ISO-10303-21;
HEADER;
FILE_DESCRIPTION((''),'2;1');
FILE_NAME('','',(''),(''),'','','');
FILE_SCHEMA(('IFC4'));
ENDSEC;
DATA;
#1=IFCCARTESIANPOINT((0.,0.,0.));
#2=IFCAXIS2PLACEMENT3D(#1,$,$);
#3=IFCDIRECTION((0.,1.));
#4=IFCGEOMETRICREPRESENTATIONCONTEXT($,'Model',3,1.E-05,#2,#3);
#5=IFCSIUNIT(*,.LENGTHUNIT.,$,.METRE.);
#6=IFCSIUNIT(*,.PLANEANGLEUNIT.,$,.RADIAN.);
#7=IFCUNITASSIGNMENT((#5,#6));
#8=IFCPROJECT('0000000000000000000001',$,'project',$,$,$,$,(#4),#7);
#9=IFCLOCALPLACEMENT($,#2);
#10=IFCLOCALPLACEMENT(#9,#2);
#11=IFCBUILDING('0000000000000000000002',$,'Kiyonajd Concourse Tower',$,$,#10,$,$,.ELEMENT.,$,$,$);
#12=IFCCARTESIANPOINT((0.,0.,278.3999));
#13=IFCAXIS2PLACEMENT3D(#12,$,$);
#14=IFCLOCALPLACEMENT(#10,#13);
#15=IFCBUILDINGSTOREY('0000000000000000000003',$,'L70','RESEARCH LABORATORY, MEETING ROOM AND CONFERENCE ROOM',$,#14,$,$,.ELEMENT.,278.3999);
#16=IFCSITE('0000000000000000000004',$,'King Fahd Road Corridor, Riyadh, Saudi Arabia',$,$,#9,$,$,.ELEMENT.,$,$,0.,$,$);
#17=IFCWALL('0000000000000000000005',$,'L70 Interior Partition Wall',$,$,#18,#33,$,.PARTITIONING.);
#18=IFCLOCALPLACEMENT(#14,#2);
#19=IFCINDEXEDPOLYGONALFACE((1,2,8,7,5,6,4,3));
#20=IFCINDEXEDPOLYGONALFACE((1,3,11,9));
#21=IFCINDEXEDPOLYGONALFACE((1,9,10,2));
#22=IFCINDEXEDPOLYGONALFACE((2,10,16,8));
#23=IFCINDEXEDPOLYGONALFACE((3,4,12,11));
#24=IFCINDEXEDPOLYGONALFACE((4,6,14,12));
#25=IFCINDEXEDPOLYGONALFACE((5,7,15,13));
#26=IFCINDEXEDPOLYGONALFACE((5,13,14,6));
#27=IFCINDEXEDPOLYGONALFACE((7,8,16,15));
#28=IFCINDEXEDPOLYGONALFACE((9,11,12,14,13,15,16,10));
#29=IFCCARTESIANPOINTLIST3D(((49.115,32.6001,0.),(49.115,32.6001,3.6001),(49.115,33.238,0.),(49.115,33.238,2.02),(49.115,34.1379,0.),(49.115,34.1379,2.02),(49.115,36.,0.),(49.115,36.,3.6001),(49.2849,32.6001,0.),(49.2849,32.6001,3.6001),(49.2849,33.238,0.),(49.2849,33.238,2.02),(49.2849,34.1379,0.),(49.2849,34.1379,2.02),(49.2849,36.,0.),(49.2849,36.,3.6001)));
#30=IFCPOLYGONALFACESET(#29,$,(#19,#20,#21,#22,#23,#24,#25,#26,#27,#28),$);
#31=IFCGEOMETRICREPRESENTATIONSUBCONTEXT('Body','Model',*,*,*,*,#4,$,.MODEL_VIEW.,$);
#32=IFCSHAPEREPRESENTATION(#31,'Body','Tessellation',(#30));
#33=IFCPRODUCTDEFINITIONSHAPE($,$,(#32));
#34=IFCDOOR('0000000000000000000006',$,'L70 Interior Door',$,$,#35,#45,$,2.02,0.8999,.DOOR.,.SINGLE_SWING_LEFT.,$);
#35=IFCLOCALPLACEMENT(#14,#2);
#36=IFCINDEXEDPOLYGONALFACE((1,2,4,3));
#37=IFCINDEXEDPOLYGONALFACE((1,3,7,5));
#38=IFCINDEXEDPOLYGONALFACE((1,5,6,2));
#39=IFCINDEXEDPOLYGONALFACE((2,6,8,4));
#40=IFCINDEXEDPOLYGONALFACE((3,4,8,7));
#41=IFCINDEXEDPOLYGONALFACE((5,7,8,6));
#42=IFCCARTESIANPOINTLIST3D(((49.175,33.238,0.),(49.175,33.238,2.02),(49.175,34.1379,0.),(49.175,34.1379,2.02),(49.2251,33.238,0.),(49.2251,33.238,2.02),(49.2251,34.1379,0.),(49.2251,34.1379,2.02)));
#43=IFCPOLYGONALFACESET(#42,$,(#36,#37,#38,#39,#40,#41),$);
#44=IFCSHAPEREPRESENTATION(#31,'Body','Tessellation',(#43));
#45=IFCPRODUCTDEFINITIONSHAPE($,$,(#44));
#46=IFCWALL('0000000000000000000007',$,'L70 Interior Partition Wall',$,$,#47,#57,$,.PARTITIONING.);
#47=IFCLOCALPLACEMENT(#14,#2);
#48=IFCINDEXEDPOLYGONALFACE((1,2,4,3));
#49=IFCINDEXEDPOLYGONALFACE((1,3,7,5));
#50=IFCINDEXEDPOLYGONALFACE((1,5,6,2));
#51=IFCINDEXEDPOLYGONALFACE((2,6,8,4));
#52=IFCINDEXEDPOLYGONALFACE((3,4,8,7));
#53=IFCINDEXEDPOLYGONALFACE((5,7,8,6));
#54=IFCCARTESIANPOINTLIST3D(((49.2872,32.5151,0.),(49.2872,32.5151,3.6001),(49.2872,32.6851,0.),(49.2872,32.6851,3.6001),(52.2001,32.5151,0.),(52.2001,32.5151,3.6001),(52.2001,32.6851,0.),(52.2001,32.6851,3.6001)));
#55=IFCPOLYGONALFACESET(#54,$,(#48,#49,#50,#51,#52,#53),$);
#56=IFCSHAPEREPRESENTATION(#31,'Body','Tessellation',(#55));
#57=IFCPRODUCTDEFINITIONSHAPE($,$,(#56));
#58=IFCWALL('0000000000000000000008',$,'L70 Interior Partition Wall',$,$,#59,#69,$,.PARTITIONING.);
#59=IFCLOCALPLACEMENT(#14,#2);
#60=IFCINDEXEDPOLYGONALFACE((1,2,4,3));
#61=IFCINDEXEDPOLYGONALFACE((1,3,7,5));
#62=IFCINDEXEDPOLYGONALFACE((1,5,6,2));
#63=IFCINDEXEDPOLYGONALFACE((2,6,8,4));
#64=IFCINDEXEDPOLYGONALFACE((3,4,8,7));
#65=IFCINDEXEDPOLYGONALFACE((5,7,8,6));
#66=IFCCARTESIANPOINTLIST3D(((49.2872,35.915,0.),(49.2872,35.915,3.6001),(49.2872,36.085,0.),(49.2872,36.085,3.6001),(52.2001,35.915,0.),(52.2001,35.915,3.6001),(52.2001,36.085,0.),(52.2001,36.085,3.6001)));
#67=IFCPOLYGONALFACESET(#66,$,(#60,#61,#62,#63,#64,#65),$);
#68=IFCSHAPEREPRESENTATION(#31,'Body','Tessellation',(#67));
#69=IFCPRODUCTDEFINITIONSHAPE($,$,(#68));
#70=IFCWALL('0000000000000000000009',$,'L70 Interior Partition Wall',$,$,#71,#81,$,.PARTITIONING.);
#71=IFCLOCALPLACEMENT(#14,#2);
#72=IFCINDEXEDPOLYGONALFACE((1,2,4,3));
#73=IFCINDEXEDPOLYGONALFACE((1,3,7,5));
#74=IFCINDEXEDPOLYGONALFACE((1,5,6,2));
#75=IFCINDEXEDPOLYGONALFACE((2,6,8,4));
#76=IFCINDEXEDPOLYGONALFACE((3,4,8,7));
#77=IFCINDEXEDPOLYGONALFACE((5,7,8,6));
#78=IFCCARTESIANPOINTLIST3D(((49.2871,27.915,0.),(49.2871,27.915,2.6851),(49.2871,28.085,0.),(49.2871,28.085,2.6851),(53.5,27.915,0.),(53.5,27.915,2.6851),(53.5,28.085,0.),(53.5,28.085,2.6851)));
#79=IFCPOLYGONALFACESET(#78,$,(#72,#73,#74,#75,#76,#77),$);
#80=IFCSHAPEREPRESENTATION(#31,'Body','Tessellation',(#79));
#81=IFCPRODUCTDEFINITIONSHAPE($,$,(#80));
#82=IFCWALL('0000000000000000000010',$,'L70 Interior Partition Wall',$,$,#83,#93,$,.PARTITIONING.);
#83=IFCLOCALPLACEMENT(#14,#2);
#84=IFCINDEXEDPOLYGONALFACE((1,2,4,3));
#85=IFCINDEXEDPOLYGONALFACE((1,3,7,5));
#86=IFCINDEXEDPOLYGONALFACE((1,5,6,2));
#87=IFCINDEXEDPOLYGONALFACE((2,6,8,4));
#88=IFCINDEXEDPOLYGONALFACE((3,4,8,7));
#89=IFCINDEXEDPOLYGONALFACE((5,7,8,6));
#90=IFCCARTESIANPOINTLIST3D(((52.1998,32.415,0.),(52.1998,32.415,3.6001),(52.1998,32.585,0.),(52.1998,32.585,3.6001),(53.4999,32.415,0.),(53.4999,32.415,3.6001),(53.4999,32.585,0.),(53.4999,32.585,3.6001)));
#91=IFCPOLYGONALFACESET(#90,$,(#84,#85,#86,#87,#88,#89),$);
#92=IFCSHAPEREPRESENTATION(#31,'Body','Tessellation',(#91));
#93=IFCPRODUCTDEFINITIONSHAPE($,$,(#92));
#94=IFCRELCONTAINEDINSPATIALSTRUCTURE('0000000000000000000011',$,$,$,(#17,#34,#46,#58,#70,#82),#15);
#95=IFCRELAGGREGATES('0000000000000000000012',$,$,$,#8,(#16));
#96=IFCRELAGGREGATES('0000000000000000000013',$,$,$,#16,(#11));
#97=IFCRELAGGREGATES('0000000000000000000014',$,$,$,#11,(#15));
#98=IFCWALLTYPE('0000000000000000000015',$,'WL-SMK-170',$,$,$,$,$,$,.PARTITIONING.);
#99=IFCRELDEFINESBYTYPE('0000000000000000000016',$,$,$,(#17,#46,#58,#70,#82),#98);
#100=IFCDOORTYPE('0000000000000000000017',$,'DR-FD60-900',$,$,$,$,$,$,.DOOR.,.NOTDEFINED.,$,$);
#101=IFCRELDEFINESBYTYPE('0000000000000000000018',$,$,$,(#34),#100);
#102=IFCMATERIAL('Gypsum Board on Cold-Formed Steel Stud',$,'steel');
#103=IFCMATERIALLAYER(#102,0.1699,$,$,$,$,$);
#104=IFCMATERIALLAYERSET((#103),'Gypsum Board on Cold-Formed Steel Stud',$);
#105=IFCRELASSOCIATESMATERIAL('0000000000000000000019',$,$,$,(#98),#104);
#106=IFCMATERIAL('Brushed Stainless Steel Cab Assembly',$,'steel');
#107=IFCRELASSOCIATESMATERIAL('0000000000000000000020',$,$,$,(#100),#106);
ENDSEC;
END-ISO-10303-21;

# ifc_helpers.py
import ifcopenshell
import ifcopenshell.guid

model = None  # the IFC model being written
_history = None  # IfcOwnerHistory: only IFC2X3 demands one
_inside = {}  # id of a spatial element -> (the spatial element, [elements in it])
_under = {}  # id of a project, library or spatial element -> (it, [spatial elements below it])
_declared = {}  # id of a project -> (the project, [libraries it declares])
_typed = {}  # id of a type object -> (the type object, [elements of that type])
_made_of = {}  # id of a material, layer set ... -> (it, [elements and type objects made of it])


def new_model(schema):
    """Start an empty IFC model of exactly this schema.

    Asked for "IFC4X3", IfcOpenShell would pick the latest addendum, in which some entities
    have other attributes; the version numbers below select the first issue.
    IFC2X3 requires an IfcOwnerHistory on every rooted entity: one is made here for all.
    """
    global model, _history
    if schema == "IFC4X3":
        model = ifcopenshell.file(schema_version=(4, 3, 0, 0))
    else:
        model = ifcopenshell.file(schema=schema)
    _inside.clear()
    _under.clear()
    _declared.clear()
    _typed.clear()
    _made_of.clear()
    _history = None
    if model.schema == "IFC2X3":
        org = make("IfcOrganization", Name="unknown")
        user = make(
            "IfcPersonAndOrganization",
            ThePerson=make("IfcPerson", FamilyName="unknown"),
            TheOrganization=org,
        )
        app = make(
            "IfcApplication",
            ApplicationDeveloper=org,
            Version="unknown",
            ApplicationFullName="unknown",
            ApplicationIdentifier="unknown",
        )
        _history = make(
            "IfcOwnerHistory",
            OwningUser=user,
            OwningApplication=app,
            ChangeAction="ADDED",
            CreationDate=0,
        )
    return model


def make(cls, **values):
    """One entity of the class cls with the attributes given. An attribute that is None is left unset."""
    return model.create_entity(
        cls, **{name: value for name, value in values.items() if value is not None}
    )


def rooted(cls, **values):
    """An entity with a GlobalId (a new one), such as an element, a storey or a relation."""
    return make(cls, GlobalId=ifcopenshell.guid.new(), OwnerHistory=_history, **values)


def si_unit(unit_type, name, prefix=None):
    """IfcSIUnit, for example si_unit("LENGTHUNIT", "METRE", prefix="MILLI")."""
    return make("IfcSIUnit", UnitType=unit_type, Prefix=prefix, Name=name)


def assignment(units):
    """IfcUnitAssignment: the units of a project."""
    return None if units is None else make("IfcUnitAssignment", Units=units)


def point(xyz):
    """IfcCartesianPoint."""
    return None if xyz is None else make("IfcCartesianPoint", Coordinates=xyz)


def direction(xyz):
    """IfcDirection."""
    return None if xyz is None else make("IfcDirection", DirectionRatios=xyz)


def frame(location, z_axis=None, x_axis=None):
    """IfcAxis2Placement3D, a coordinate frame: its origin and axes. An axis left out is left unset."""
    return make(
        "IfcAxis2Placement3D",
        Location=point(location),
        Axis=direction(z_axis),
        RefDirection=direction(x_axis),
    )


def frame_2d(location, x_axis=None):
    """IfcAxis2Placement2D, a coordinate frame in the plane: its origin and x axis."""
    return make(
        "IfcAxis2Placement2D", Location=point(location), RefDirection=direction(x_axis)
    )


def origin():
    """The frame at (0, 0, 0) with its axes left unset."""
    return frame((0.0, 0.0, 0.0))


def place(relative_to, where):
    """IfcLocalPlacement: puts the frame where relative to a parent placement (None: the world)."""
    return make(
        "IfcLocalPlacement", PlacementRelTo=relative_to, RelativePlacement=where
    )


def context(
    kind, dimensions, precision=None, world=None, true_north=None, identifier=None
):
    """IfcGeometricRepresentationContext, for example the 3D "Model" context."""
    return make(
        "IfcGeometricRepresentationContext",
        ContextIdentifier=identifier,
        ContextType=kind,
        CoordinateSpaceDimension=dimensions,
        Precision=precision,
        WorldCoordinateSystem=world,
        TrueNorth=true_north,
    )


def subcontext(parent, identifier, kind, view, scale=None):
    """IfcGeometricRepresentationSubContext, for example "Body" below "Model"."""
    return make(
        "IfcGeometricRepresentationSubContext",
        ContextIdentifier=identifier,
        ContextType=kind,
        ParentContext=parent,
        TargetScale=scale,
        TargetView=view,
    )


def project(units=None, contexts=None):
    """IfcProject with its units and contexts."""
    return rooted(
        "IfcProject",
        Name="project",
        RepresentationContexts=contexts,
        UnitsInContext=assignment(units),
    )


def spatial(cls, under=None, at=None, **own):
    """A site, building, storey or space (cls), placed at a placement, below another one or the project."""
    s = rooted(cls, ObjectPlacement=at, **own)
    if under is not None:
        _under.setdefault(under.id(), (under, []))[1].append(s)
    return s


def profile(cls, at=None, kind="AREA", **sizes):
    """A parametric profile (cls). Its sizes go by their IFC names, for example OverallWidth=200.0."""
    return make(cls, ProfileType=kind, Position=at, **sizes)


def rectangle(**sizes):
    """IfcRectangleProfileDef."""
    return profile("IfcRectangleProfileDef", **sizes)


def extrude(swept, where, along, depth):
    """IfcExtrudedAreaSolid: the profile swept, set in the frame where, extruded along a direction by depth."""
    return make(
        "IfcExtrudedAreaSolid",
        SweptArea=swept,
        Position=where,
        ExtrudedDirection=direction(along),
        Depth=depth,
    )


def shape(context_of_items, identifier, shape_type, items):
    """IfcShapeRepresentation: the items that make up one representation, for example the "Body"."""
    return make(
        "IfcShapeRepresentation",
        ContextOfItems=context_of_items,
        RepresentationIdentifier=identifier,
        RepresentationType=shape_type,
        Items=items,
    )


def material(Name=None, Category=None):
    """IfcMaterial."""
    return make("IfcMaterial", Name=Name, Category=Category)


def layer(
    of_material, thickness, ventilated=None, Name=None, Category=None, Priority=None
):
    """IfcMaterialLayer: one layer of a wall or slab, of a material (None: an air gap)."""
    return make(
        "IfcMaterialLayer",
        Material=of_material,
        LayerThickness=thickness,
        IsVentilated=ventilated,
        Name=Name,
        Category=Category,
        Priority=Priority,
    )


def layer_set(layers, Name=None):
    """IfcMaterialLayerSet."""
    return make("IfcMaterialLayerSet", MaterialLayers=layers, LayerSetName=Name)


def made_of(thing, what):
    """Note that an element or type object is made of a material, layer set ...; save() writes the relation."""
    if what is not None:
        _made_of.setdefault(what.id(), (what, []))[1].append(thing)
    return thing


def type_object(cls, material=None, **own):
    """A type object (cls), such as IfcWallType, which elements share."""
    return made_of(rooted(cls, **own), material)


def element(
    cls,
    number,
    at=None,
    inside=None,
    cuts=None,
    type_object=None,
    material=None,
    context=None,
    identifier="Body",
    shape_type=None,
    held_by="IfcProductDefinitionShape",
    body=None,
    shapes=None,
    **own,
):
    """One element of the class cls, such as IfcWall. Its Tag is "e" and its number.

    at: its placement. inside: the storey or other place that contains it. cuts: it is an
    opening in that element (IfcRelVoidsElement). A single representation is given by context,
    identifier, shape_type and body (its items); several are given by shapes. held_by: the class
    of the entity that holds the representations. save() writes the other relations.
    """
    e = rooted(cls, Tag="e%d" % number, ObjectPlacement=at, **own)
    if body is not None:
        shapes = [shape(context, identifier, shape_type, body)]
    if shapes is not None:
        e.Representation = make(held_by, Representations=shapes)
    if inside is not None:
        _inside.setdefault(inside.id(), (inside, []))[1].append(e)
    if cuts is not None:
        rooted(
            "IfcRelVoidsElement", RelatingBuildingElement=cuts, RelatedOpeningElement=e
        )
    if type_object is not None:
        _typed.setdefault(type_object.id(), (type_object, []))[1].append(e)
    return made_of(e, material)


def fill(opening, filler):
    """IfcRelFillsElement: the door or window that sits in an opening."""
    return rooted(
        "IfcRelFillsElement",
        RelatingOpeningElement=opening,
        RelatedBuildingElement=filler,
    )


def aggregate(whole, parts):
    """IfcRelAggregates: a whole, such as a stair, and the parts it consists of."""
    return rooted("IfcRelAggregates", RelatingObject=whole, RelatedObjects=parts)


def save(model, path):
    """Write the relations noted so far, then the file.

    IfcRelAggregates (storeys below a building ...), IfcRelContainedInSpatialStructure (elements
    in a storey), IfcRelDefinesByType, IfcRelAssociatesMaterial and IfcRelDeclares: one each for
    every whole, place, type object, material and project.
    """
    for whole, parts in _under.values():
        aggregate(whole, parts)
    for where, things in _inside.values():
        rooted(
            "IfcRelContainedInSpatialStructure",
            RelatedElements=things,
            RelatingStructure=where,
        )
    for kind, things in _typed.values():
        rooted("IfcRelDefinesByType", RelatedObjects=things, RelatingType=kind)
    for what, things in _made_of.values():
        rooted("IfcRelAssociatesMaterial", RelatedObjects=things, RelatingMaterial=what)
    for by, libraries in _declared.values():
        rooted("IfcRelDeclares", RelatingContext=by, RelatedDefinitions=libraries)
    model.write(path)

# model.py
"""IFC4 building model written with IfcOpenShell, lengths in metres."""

from ifc_helpers import new_model, si_unit, direction, frame, frame_2d, origin, place, context, subcontext, project, spatial, rectangle, extrude, material, layer, layer_set, type_object, element, fill, save


model = new_model("IFC4")

# Units and contexts
model_context = context("Model", 3, precision=1e-05, world=origin(), true_north=direction((0.0, 1.0)))
body_context = subcontext(model_context, "Body", "Model", "MODEL_VIEW")
ifc_project = project(units=[si_unit("LENGTHUNIT", "METRE"), si_unit("PLANEANGLEUNIT", "RADIAN")], contexts=[model_context])

# Site, building, storey
site_placement = place(None, origin())
site = spatial("IfcSite", under=ifc_project, at=site_placement, Name="King Fahd Road Corridor, Riyadh, Saudi Arabia", CompositionType="ELEMENT", RefElevation=0.0)
building_placement = place(site_placement, origin())
building = spatial("IfcBuilding", under=site, at=building_placement, Name="Kiyonajd Concourse Tower", CompositionType="ELEMENT")
storey_placement = place(building_placement, frame((0.0, 0.0, 278.3999)))
storey = spatial("IfcBuildingStorey", under=building, at=storey_placement, Name="L70", Description="RESEARCH LABORATORY, MEETING ROOM AND CONFERENCE ROOM", CompositionType="ELEMENT", Elevation=278.3999)

# Shared definitions
ifc_material_1 = material(Name="Gypsum Board on Cold-Formed Steel Stud", Category="steel")

# Shared definitions
ifc_material_2 = material(Name="Brushed Stainless Steel Cab Assembly", Category="steel")

# Shared definitions
ifc_layer_1 = layer(ifc_material_1, 0.1699)
ifc_layer_set_1 = layer_set([ifc_layer_1], Name="Gypsum Board on Cold-Formed Steel Stud")
wall_type_1 = type_object("IfcWallType", Name="WL-SMK-170", PredefinedType="PARTITIONING", material=ifc_layer_set_1)

# Wall, opening, door
wall_1_placement = place(storey_placement, frame((49.2, 32.6001, 0.0), z_axis=(0.0, 0.0, 1.0), x_axis=(0.0, 1.0, 0.0)))
wall_1 = element("IfcWall", 1, at=wall_1_placement, inside=storey, type_object=wall_type_1, Name="L70 Interior Partition Wall", PredefinedType="PARTITIONING", context=body_context, shape_type="SweptSolid", body=[
    extrude(rectangle(XDim=3.3999, YDim=0.1699, at=frame_2d((1.7, 0.0))), origin(), (0.0, 0.0, 1.0), 3.6001),
])
opening_1_placement = place(wall_1_placement, frame((0.6379, 0.0, 0.0)))
opening_1 = element("IfcOpeningElement", 2, at=opening_1_placement, cuts=wall_1, PredefinedType="OPENING", context=body_context, shape_type="SweptSolid", body=[
    extrude(rectangle(XDim=0.8999, YDim=2.02, at=frame_2d((0.45, 1.01))), frame((0.0, 0.095, 0.0), z_axis=(0.0, -1.0, 0.0), x_axis=(1.0, 0.0, 0.0)), (0.0, 0.0, 1.0), 0.1899),
])
door_type_1 = type_object("IfcDoorType", Name="DR-FD60-900", OperationType="NOTDEFINED", PredefinedType="DOOR", material=ifc_material_2)
door_1_placement = place(opening_1_placement, origin())
door_1 = element("IfcDoor", 3, at=door_1_placement, inside=storey, type_object=door_type_1, Name="L70 Interior Door", OperationType="SINGLE_SWING_LEFT", OverallHeight=2.02, OverallWidth=0.8999, PredefinedType="DOOR", context=body_context, shape_type="SweptSolid", body=[
    extrude(rectangle(XDim=0.8999, YDim=2.02, at=frame_2d((0.45, 1.01))), frame((0.0, 0.0249, 0.0), z_axis=(0.0, -1.0, 0.0), x_axis=(1.0, 0.0, 0.0)), (0.0, 0.0, 1.0), 0.05),
])
fill(opening_1, door_1)

# Walls
for number, where, z_axis, x_axis, name in (
    (4, (49.2871, 32.6001, 0.0), (0.0, 0.0, 1.0), (1.0, 0.0, 0.0), "L70 Interior Partition Wall"),
    (5, (49.2871, 36.0, 0.0), (0.0, 0.0, 1.0), (1.0, 0.0, 0.0), "L70 Interior Partition Wall"),
):
    element("IfcWall", number, at=place(storey_placement, frame(where, z_axis=z_axis, x_axis=x_axis)), inside=storey, type_object=wall_type_1, Name=name, PredefinedType="PARTITIONING", context=body_context, shape_type="SweptSolid", body=[
        extrude(rectangle(XDim=2.9128, YDim=0.1699, at=frame_2d((1.4565, 0.0))), origin(), (0.0, 0.0, 1.0), 3.6001),
    ])
wall_2_placement = place(storey_placement, frame((49.2871, 28.0, 0.0), z_axis=(0.0, 0.0, 1.0), x_axis=(1.0, 0.0, 0.0)))
element("IfcWall", 6, at=wall_2_placement, inside=storey, type_object=wall_type_1, Name="L70 Interior Partition Wall", PredefinedType="PARTITIONING", context=body_context, shape_type="SweptSolid", body=[
    extrude(rectangle(XDim=4.2129, YDim=0.1699, at=frame_2d((2.1064, 0.0))), origin(), (0.0, 0.0, 1.0), 2.6851),
])
wall_3_placement = place(storey_placement, frame((52.2, 32.5, 0.0), z_axis=(0.0, 0.0, 1.0), x_axis=(1.0, 0.0, 0.0)))
element("IfcWall", 7, at=wall_3_placement, inside=storey, type_object=wall_type_1, Name="L70 Interior Partition Wall", PredefinedType="PARTITIONING", context=body_context, shape_type="SweptSolid", body=[
    extrude(rectangle(XDim=1.3, YDim=0.1699, at=frame_2d((0.6499, 0.0))), origin(), (0.0, 0.0, 1.0), 3.6001),
])

save(model, "model.ifc")
